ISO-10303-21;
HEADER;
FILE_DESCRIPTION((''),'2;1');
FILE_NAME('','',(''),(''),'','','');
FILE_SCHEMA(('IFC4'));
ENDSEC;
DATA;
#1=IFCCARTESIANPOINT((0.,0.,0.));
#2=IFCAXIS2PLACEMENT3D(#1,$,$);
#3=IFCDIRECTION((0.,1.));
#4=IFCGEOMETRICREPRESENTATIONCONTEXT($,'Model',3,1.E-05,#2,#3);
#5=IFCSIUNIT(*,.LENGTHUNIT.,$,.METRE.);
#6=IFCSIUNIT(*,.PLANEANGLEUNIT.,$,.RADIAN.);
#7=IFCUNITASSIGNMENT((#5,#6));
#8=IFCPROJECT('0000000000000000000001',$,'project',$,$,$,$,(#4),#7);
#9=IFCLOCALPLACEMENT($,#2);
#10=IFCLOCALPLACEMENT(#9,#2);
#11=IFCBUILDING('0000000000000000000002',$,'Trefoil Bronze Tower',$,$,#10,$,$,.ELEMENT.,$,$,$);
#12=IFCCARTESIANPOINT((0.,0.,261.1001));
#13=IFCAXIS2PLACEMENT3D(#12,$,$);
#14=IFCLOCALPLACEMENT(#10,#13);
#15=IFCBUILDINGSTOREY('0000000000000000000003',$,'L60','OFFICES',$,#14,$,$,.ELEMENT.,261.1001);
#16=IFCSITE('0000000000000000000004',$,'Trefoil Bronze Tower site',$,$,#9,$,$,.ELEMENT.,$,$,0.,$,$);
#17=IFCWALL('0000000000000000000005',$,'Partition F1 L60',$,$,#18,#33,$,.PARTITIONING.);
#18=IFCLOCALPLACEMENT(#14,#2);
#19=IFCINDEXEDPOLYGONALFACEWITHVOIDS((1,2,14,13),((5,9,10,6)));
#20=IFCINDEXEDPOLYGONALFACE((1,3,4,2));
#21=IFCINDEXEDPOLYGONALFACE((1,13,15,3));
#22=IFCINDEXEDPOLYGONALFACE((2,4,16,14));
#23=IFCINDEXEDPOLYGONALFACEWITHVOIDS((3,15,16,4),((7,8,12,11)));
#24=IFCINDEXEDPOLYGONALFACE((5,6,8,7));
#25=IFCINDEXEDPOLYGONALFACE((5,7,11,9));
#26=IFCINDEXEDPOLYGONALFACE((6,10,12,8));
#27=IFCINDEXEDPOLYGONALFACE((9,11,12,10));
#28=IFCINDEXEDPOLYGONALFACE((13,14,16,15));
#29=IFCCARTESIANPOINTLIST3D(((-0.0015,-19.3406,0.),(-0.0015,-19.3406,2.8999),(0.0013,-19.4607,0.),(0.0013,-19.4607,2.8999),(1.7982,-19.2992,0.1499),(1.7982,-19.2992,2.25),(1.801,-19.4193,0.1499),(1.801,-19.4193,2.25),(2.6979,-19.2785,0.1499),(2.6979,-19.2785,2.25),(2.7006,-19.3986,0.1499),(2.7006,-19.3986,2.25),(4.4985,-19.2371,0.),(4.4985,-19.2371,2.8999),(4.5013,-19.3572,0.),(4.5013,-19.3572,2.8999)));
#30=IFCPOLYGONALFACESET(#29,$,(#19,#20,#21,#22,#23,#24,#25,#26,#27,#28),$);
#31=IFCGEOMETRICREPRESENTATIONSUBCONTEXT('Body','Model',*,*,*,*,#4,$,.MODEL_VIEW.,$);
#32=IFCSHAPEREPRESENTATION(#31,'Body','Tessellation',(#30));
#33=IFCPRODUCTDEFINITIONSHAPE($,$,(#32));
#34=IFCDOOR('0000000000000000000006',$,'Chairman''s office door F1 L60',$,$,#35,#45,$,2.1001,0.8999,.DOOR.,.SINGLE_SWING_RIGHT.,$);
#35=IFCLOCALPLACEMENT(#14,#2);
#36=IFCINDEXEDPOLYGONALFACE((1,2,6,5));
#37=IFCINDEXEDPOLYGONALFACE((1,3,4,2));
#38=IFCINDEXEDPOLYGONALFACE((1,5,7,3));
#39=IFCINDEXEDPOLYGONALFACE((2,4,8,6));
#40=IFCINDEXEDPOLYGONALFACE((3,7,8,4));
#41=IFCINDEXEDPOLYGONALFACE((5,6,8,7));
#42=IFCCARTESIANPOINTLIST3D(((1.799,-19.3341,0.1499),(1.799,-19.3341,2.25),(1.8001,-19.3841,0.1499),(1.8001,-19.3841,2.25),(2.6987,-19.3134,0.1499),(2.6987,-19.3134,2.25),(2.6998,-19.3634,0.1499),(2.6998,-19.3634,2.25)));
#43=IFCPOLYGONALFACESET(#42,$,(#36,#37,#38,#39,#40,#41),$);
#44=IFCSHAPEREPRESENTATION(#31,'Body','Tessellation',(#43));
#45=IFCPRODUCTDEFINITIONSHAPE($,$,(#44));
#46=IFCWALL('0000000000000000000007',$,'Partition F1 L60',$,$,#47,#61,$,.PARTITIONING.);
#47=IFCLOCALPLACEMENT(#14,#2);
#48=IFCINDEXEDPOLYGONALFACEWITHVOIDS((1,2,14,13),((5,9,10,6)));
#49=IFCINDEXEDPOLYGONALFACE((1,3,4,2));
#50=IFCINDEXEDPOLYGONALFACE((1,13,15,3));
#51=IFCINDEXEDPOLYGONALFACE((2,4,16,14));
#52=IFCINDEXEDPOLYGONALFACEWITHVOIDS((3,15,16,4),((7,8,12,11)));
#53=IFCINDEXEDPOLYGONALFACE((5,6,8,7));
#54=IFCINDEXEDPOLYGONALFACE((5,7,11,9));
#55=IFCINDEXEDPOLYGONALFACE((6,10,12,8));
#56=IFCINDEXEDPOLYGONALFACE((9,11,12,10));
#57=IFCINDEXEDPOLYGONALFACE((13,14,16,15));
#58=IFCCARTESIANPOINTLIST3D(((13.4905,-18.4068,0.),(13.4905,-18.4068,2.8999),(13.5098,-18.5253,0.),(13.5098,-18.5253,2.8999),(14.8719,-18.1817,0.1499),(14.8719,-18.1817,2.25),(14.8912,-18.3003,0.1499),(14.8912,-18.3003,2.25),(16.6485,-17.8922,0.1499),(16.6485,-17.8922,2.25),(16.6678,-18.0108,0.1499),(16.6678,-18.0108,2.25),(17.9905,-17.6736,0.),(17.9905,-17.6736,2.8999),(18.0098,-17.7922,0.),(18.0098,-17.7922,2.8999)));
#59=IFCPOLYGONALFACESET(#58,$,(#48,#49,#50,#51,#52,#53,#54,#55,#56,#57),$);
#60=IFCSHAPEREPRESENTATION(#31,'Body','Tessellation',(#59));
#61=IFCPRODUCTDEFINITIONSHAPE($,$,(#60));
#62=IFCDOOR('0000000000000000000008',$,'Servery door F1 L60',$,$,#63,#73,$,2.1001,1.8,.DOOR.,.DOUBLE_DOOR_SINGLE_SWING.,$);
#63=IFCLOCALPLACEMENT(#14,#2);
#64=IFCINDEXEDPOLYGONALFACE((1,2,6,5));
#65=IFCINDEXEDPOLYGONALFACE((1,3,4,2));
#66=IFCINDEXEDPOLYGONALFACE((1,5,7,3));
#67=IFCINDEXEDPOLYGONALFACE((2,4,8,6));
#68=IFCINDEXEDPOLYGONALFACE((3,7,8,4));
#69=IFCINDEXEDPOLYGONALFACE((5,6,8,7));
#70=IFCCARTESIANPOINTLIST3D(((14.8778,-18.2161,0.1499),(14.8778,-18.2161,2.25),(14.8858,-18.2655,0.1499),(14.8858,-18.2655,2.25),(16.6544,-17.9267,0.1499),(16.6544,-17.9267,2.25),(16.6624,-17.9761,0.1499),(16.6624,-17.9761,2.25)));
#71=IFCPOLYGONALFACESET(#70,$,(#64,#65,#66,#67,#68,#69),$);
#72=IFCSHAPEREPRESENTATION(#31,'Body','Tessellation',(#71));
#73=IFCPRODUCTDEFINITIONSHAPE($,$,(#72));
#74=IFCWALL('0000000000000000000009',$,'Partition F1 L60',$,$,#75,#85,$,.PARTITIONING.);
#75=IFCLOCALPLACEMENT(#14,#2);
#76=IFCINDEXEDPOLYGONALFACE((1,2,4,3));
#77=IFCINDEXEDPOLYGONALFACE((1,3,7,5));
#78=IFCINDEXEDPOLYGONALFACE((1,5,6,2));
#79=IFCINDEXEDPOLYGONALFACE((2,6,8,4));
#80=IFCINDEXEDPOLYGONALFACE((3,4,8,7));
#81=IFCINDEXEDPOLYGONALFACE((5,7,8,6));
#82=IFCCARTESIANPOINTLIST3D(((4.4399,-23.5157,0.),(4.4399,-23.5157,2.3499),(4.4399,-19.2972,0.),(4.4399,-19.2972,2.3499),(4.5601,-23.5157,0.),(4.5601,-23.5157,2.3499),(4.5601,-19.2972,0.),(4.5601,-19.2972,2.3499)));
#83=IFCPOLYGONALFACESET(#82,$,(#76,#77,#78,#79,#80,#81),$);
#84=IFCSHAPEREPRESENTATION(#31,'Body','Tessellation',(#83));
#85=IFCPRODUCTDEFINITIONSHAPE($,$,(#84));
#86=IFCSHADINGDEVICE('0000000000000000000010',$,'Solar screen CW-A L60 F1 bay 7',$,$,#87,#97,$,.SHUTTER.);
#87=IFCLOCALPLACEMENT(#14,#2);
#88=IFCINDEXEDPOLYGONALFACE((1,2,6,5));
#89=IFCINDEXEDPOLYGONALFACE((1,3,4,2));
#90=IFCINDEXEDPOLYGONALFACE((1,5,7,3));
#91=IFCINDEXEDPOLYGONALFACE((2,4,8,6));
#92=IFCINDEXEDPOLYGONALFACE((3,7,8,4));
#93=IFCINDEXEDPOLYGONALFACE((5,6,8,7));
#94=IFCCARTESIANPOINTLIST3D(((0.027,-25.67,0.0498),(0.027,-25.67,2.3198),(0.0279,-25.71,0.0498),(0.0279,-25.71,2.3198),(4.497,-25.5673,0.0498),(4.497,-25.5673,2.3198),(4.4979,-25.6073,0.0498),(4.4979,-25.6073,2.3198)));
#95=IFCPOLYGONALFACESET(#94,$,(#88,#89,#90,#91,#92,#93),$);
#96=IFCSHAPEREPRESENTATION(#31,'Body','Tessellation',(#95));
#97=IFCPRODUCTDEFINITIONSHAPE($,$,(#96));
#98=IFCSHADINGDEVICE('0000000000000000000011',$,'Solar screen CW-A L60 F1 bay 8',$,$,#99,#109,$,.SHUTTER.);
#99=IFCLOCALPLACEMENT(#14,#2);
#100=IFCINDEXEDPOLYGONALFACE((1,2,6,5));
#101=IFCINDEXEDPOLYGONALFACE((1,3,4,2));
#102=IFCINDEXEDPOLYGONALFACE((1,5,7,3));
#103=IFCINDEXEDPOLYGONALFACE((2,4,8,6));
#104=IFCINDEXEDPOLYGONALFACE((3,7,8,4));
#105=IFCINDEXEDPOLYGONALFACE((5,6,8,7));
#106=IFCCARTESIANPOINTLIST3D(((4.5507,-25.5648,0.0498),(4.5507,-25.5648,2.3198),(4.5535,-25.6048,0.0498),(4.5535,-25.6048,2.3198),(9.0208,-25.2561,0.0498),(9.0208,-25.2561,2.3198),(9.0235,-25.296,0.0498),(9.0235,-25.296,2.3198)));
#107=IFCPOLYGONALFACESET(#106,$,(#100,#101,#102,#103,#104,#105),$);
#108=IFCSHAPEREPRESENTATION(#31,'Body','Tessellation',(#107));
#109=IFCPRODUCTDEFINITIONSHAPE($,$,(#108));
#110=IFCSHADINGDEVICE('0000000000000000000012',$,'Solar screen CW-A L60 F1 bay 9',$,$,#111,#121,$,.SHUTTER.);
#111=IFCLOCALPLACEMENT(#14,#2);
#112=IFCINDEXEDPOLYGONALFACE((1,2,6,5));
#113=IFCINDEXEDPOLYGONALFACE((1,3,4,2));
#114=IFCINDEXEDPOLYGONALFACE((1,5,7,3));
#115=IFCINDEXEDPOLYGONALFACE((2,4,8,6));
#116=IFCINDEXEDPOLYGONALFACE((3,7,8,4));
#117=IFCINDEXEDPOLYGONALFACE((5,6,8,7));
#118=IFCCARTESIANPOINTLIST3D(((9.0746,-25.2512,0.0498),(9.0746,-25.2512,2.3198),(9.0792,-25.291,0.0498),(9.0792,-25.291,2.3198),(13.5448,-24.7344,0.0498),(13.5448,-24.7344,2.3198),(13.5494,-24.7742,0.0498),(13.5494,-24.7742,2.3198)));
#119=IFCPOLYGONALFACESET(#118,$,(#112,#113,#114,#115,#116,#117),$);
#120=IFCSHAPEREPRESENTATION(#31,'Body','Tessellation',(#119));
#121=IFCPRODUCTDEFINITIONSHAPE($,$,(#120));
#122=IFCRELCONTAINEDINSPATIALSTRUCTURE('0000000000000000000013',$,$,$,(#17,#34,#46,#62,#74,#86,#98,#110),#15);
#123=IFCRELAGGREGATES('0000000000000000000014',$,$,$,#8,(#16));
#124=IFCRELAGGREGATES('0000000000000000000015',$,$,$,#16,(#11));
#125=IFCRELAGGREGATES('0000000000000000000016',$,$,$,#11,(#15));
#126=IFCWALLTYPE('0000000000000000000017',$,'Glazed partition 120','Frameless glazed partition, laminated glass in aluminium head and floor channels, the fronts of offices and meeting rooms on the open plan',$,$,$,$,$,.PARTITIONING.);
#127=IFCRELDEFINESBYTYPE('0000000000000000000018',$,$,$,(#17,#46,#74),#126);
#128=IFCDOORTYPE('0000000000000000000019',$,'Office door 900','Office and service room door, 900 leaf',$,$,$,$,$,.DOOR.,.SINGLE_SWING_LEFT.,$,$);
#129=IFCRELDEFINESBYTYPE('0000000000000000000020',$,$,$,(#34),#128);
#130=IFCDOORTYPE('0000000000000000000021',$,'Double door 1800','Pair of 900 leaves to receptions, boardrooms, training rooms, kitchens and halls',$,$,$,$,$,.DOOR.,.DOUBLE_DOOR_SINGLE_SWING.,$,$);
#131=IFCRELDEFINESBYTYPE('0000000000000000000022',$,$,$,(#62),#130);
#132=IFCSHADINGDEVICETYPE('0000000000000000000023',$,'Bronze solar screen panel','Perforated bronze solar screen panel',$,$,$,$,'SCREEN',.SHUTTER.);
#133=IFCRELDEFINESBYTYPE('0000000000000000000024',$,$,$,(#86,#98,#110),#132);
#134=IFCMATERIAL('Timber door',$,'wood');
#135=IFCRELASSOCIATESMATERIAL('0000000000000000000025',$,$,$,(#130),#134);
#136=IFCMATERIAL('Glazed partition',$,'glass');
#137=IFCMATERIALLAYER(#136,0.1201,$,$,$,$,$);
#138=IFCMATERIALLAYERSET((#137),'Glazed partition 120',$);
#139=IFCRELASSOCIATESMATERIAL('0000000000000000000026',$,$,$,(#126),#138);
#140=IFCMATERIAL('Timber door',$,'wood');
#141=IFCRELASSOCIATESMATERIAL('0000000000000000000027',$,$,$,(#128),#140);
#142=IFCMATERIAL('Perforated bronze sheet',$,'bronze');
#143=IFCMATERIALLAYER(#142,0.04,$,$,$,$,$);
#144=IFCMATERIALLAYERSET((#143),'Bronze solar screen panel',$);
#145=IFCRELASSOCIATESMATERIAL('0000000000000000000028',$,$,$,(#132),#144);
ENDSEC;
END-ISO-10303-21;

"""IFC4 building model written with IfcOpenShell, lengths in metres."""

from ifc_helpers import new_model, si_unit, direction, frame, frame_2d, origin, origin_2d, place, context, subcontext, project, spatial, rectangle, extrude, material, layer, layer_set, type_object, element, fill, save


model = new_model("IFC4")

# Units and contexts
model_context = context("Model", 3, precision=1e-05, world=origin(), true_north=direction((0.0, 1.0)))
body_context = subcontext(model_context, "Body", "Model", "MODEL_VIEW")
ifc_project = project(units=[si_unit("LENGTHUNIT", "METRE"), si_unit("PLANEANGLEUNIT", "RADIAN")], contexts=[model_context])

# Site, building, storey
site_placement = place(None, origin())
site = spatial("IfcSite", under=ifc_project, at=site_placement, Name="Trefoil Bronze Tower site", CompositionType="ELEMENT", RefElevation=0.0)
building_placement = place(site_placement, origin())
building = spatial("IfcBuilding", under=site, at=building_placement, Name="Trefoil Bronze Tower", CompositionType="ELEMENT")
storey_placement = place(building_placement, frame((0.0, 0.0, 261.1001)))
storey = spatial("IfcBuildingStorey", under=building, at=storey_placement, Name="L60", Description="OFFICES", CompositionType="ELEMENT", Elevation=261.1001)

# Shared definitions
ifc_material_1 = material(Name="Timber door", Category="wood")
door_type_1 = type_object("IfcDoorType", Name="Double door 1800", Description="Pair of 900 leaves to receptions, boardrooms, training rooms, kitchens and halls", OperationType="DOUBLE_DOOR_SINGLE_SWING", PredefinedType="DOOR", material=ifc_material_1)

# Walls, openings, doors
ifc_material_2 = material(Name="Glazed partition", Category="glass")
ifc_layer_1 = layer(ifc_material_2, 0.1201)
ifc_layer_set_1 = layer_set([ifc_layer_1], Name="Glazed partition 120")
wall_type_1 = type_object("IfcWallType", Name="Glazed partition 120", Description="Frameless glazed partition, laminated glass in aluminium head and floor channels, the fronts of offices and meeting rooms on the open plan", PredefinedType="PARTITIONING", material=ifc_layer_set_1)
wall_1_placement = place(storey_placement, frame((0.0, -19.4006, 0.0), z_axis=(0.0, 0.0, 1.0), x_axis=(0.999736, 0.022997, 0.0)))
wall_1 = element("IfcWall", 1, at=wall_1_placement, inside=storey, type_object=wall_type_1, Name="Partition F1 L60", PredefinedType="PARTITIONING", context=body_context, shape_type="SweptSolid", body=[
    extrude(rectangle(XDim=4.5012, YDim=0.1201, at=frame_2d((2.2505, 0.0))), origin(), (0.0, 0.0, 1.0), 2.8999),
])
opening_1_placement = place(wall_1_placement, frame((1.8, 0.0, 0.1499)))
opening_1 = element("IfcOpeningElement", 2, at=opening_1_placement, cuts=wall_1, PredefinedType="OPENING", context=body_context, shape_type="SweptSolid", body=[
    extrude(rectangle(XDim=0.8999, YDim=2.1001, at=frame_2d((0.45, 1.05))), frame((0.0, 0.0701, 0.0), z_axis=(0.0, -1.0, 0.0), x_axis=(1.0, 0.0, 0.0)), (0.0, 0.0, 1.0), 0.1401),
])
ifc_material_3 = material(Name="Timber door", Category="wood")
door_type_2 = type_object("IfcDoorType", Name="Office door 900", Description="Office and service room door, 900 leaf", OperationType="SINGLE_SWING_LEFT", PredefinedType="DOOR", material=ifc_material_3)
door_1_placement = place(opening_1_placement, frame((0.8999, 0.0, 0.0), z_axis=(0.0, 0.0, 1.0), x_axis=(-1.0, 0.0, 0.0)))
door_1 = element("IfcDoor", 3, at=door_1_placement, inside=storey, type_object=door_type_2, Name="Chairman's office door F1 L60", OperationType="SINGLE_SWING_RIGHT", OverallHeight=2.1001, OverallWidth=0.8999, PredefinedType="DOOR", context=body_context, shape_type="SweptSolid", body=[
    extrude(rectangle(XDim=0.8999, YDim=2.1001, at=frame_2d((0.45, 1.05))), frame((0.0, 0.0249, 0.0), z_axis=(0.0, -1.0, 0.0), x_axis=(1.0, 0.0, 0.0)), (0.0, 0.0, 1.0), 0.05),
])
fill(opening_1, door_1)
wall_2_placement = place(storey_placement, frame((13.5, -18.4661, 0.0), z_axis=(0.0, 0.0, 1.0), x_axis=(0.986987, 0.160803, 0.0)))
wall_2 = element("IfcWall", 4, at=wall_2_placement, inside=storey, type_object=wall_type_1, Name="Partition F1 L60", PredefinedType="PARTITIONING", context=body_context, shape_type="SweptSolid", body=[
    extrude(rectangle(XDim=4.5593, YDim=0.1201, at=frame_2d((2.2798, 0.0))), origin(), (0.0, 0.0, 1.0), 2.8999),
])
opening_2_placement = place(wall_2_placement, frame((1.3999, 0.0, 0.1499)))
opening_2 = element("IfcOpeningElement", 5, at=opening_2_placement, cuts=wall_2, PredefinedType="OPENING", context=body_context, shape_type="SweptSolid", body=[
    extrude(rectangle(XDim=1.8, YDim=2.1001, at=frame_2d((0.8999, 1.05))), frame((0.0, 0.0701, 0.0), z_axis=(0.0, -1.0, 0.0), x_axis=(1.0, 0.0, 0.0)), (0.0, 0.0, 1.0), 0.1401),
])
door_2_placement = place(opening_2_placement, frame((1.8, 0.0, 0.0), z_axis=(0.0, 0.0, 1.0), x_axis=(-1.0, 0.0, 0.0)))
door_2 = element("IfcDoor", 6, at=door_2_placement, inside=storey, type_object=door_type_1, Name="Servery door F1 L60", OperationType="DOUBLE_DOOR_SINGLE_SWING", OverallHeight=2.1001, OverallWidth=1.8, PredefinedType="DOOR", context=body_context, shape_type="SweptSolid", body=[
    extrude(rectangle(XDim=1.8, YDim=2.1001, at=frame_2d((0.8999, 1.05))), frame((0.0, 0.0249, 0.0), z_axis=(0.0, -1.0, 0.0), x_axis=(1.0, 0.0, 0.0)), (0.0, 0.0, 1.0), 0.05),
])
fill(opening_2, door_2)

# Wall
wall_3_placement = place(storey_placement, frame((4.5, -19.2971, 0.0), z_axis=(0.0, 0.0, 1.0), x_axis=(0.0, -1.0, 0.0)))
element("IfcWall", 7, at=wall_3_placement, inside=storey, type_object=wall_type_1, Name="Partition F1 L60", PredefinedType="PARTITIONING", context=body_context, shape_type="SweptSolid", body=[
    extrude(rectangle(XDim=4.2185, YDim=0.1201, at=frame_2d((2.1094, 0.0))), origin(), (0.0, 0.0, 1.0), 2.3499),
])

# Shading devices
ifc_material_4 = material(Name="Perforated bronze sheet", Category="bronze")
ifc_layer_2 = layer(ifc_material_4, 0.04)
ifc_layer_set_2 = layer_set([ifc_layer_2], Name="Bronze solar screen panel")
shading_device_type = type_object("IfcShadingDeviceType", Name="Bronze solar screen panel", Description="Perforated bronze solar screen panel", ElementType="SCREEN", PredefinedType="SHUTTER", material=ifc_layer_set_2)
shading_device_1_placement = place(storey_placement, frame((2.2625, -25.6387, 0.0498), z_axis=(0.0, 0.0, 1.0), x_axis=(0.999736, 0.022972, 0.0)))
element("IfcShadingDevice", 8, at=shading_device_1_placement, inside=storey, type_object=shading_device_type, Name="Solar screen CW-A L60 F1 bay 7", PredefinedType="SHUTTER", context=body_context, shape_type="SweptSolid", body=[
    extrude(rectangle(XDim=4.4712, YDim=0.04, at=origin_2d()), origin(), (0.0, 0.0, 1.0), 2.27),
])
shading_device_2_placement = place(storey_placement, frame((6.7871, -25.4304, 0.0498), z_axis=(0.0, 0.0, 1.0), x_axis=(0.997623, 0.068915, 0.0)))
element("IfcShadingDevice", 9, at=shading_device_2_placement, inside=storey, type_object=shading_device_type, Name="Solar screen CW-A L60 F1 bay 8", PredefinedType="SHUTTER", context=body_context, shape_type="SweptSolid", body=[
    extrude(rectangle(XDim=4.4807, YDim=0.04, at=origin_2d()), origin(), (0.0, 0.0, 1.0), 2.27),
])
shading_device_3_placement = place(storey_placement, frame((11.312, -25.0127, 0.0498), z_axis=(0.0, 0.0, 1.0), x_axis=(0.993382, 0.114859, 0.0)))
element("IfcShadingDevice", 10, at=shading_device_3_placement, inside=storey, type_object=shading_device_type, Name="Solar screen CW-A L60 F1 bay 9", PredefinedType="SHUTTER", context=body_context, shape_type="SweptSolid", body=[
    extrude(rectangle(XDim=4.5, YDim=0.04, at=origin_2d()), origin(), (0.0, 0.0, 1.0), 2.27),
])

save(model, "model.ifc")
